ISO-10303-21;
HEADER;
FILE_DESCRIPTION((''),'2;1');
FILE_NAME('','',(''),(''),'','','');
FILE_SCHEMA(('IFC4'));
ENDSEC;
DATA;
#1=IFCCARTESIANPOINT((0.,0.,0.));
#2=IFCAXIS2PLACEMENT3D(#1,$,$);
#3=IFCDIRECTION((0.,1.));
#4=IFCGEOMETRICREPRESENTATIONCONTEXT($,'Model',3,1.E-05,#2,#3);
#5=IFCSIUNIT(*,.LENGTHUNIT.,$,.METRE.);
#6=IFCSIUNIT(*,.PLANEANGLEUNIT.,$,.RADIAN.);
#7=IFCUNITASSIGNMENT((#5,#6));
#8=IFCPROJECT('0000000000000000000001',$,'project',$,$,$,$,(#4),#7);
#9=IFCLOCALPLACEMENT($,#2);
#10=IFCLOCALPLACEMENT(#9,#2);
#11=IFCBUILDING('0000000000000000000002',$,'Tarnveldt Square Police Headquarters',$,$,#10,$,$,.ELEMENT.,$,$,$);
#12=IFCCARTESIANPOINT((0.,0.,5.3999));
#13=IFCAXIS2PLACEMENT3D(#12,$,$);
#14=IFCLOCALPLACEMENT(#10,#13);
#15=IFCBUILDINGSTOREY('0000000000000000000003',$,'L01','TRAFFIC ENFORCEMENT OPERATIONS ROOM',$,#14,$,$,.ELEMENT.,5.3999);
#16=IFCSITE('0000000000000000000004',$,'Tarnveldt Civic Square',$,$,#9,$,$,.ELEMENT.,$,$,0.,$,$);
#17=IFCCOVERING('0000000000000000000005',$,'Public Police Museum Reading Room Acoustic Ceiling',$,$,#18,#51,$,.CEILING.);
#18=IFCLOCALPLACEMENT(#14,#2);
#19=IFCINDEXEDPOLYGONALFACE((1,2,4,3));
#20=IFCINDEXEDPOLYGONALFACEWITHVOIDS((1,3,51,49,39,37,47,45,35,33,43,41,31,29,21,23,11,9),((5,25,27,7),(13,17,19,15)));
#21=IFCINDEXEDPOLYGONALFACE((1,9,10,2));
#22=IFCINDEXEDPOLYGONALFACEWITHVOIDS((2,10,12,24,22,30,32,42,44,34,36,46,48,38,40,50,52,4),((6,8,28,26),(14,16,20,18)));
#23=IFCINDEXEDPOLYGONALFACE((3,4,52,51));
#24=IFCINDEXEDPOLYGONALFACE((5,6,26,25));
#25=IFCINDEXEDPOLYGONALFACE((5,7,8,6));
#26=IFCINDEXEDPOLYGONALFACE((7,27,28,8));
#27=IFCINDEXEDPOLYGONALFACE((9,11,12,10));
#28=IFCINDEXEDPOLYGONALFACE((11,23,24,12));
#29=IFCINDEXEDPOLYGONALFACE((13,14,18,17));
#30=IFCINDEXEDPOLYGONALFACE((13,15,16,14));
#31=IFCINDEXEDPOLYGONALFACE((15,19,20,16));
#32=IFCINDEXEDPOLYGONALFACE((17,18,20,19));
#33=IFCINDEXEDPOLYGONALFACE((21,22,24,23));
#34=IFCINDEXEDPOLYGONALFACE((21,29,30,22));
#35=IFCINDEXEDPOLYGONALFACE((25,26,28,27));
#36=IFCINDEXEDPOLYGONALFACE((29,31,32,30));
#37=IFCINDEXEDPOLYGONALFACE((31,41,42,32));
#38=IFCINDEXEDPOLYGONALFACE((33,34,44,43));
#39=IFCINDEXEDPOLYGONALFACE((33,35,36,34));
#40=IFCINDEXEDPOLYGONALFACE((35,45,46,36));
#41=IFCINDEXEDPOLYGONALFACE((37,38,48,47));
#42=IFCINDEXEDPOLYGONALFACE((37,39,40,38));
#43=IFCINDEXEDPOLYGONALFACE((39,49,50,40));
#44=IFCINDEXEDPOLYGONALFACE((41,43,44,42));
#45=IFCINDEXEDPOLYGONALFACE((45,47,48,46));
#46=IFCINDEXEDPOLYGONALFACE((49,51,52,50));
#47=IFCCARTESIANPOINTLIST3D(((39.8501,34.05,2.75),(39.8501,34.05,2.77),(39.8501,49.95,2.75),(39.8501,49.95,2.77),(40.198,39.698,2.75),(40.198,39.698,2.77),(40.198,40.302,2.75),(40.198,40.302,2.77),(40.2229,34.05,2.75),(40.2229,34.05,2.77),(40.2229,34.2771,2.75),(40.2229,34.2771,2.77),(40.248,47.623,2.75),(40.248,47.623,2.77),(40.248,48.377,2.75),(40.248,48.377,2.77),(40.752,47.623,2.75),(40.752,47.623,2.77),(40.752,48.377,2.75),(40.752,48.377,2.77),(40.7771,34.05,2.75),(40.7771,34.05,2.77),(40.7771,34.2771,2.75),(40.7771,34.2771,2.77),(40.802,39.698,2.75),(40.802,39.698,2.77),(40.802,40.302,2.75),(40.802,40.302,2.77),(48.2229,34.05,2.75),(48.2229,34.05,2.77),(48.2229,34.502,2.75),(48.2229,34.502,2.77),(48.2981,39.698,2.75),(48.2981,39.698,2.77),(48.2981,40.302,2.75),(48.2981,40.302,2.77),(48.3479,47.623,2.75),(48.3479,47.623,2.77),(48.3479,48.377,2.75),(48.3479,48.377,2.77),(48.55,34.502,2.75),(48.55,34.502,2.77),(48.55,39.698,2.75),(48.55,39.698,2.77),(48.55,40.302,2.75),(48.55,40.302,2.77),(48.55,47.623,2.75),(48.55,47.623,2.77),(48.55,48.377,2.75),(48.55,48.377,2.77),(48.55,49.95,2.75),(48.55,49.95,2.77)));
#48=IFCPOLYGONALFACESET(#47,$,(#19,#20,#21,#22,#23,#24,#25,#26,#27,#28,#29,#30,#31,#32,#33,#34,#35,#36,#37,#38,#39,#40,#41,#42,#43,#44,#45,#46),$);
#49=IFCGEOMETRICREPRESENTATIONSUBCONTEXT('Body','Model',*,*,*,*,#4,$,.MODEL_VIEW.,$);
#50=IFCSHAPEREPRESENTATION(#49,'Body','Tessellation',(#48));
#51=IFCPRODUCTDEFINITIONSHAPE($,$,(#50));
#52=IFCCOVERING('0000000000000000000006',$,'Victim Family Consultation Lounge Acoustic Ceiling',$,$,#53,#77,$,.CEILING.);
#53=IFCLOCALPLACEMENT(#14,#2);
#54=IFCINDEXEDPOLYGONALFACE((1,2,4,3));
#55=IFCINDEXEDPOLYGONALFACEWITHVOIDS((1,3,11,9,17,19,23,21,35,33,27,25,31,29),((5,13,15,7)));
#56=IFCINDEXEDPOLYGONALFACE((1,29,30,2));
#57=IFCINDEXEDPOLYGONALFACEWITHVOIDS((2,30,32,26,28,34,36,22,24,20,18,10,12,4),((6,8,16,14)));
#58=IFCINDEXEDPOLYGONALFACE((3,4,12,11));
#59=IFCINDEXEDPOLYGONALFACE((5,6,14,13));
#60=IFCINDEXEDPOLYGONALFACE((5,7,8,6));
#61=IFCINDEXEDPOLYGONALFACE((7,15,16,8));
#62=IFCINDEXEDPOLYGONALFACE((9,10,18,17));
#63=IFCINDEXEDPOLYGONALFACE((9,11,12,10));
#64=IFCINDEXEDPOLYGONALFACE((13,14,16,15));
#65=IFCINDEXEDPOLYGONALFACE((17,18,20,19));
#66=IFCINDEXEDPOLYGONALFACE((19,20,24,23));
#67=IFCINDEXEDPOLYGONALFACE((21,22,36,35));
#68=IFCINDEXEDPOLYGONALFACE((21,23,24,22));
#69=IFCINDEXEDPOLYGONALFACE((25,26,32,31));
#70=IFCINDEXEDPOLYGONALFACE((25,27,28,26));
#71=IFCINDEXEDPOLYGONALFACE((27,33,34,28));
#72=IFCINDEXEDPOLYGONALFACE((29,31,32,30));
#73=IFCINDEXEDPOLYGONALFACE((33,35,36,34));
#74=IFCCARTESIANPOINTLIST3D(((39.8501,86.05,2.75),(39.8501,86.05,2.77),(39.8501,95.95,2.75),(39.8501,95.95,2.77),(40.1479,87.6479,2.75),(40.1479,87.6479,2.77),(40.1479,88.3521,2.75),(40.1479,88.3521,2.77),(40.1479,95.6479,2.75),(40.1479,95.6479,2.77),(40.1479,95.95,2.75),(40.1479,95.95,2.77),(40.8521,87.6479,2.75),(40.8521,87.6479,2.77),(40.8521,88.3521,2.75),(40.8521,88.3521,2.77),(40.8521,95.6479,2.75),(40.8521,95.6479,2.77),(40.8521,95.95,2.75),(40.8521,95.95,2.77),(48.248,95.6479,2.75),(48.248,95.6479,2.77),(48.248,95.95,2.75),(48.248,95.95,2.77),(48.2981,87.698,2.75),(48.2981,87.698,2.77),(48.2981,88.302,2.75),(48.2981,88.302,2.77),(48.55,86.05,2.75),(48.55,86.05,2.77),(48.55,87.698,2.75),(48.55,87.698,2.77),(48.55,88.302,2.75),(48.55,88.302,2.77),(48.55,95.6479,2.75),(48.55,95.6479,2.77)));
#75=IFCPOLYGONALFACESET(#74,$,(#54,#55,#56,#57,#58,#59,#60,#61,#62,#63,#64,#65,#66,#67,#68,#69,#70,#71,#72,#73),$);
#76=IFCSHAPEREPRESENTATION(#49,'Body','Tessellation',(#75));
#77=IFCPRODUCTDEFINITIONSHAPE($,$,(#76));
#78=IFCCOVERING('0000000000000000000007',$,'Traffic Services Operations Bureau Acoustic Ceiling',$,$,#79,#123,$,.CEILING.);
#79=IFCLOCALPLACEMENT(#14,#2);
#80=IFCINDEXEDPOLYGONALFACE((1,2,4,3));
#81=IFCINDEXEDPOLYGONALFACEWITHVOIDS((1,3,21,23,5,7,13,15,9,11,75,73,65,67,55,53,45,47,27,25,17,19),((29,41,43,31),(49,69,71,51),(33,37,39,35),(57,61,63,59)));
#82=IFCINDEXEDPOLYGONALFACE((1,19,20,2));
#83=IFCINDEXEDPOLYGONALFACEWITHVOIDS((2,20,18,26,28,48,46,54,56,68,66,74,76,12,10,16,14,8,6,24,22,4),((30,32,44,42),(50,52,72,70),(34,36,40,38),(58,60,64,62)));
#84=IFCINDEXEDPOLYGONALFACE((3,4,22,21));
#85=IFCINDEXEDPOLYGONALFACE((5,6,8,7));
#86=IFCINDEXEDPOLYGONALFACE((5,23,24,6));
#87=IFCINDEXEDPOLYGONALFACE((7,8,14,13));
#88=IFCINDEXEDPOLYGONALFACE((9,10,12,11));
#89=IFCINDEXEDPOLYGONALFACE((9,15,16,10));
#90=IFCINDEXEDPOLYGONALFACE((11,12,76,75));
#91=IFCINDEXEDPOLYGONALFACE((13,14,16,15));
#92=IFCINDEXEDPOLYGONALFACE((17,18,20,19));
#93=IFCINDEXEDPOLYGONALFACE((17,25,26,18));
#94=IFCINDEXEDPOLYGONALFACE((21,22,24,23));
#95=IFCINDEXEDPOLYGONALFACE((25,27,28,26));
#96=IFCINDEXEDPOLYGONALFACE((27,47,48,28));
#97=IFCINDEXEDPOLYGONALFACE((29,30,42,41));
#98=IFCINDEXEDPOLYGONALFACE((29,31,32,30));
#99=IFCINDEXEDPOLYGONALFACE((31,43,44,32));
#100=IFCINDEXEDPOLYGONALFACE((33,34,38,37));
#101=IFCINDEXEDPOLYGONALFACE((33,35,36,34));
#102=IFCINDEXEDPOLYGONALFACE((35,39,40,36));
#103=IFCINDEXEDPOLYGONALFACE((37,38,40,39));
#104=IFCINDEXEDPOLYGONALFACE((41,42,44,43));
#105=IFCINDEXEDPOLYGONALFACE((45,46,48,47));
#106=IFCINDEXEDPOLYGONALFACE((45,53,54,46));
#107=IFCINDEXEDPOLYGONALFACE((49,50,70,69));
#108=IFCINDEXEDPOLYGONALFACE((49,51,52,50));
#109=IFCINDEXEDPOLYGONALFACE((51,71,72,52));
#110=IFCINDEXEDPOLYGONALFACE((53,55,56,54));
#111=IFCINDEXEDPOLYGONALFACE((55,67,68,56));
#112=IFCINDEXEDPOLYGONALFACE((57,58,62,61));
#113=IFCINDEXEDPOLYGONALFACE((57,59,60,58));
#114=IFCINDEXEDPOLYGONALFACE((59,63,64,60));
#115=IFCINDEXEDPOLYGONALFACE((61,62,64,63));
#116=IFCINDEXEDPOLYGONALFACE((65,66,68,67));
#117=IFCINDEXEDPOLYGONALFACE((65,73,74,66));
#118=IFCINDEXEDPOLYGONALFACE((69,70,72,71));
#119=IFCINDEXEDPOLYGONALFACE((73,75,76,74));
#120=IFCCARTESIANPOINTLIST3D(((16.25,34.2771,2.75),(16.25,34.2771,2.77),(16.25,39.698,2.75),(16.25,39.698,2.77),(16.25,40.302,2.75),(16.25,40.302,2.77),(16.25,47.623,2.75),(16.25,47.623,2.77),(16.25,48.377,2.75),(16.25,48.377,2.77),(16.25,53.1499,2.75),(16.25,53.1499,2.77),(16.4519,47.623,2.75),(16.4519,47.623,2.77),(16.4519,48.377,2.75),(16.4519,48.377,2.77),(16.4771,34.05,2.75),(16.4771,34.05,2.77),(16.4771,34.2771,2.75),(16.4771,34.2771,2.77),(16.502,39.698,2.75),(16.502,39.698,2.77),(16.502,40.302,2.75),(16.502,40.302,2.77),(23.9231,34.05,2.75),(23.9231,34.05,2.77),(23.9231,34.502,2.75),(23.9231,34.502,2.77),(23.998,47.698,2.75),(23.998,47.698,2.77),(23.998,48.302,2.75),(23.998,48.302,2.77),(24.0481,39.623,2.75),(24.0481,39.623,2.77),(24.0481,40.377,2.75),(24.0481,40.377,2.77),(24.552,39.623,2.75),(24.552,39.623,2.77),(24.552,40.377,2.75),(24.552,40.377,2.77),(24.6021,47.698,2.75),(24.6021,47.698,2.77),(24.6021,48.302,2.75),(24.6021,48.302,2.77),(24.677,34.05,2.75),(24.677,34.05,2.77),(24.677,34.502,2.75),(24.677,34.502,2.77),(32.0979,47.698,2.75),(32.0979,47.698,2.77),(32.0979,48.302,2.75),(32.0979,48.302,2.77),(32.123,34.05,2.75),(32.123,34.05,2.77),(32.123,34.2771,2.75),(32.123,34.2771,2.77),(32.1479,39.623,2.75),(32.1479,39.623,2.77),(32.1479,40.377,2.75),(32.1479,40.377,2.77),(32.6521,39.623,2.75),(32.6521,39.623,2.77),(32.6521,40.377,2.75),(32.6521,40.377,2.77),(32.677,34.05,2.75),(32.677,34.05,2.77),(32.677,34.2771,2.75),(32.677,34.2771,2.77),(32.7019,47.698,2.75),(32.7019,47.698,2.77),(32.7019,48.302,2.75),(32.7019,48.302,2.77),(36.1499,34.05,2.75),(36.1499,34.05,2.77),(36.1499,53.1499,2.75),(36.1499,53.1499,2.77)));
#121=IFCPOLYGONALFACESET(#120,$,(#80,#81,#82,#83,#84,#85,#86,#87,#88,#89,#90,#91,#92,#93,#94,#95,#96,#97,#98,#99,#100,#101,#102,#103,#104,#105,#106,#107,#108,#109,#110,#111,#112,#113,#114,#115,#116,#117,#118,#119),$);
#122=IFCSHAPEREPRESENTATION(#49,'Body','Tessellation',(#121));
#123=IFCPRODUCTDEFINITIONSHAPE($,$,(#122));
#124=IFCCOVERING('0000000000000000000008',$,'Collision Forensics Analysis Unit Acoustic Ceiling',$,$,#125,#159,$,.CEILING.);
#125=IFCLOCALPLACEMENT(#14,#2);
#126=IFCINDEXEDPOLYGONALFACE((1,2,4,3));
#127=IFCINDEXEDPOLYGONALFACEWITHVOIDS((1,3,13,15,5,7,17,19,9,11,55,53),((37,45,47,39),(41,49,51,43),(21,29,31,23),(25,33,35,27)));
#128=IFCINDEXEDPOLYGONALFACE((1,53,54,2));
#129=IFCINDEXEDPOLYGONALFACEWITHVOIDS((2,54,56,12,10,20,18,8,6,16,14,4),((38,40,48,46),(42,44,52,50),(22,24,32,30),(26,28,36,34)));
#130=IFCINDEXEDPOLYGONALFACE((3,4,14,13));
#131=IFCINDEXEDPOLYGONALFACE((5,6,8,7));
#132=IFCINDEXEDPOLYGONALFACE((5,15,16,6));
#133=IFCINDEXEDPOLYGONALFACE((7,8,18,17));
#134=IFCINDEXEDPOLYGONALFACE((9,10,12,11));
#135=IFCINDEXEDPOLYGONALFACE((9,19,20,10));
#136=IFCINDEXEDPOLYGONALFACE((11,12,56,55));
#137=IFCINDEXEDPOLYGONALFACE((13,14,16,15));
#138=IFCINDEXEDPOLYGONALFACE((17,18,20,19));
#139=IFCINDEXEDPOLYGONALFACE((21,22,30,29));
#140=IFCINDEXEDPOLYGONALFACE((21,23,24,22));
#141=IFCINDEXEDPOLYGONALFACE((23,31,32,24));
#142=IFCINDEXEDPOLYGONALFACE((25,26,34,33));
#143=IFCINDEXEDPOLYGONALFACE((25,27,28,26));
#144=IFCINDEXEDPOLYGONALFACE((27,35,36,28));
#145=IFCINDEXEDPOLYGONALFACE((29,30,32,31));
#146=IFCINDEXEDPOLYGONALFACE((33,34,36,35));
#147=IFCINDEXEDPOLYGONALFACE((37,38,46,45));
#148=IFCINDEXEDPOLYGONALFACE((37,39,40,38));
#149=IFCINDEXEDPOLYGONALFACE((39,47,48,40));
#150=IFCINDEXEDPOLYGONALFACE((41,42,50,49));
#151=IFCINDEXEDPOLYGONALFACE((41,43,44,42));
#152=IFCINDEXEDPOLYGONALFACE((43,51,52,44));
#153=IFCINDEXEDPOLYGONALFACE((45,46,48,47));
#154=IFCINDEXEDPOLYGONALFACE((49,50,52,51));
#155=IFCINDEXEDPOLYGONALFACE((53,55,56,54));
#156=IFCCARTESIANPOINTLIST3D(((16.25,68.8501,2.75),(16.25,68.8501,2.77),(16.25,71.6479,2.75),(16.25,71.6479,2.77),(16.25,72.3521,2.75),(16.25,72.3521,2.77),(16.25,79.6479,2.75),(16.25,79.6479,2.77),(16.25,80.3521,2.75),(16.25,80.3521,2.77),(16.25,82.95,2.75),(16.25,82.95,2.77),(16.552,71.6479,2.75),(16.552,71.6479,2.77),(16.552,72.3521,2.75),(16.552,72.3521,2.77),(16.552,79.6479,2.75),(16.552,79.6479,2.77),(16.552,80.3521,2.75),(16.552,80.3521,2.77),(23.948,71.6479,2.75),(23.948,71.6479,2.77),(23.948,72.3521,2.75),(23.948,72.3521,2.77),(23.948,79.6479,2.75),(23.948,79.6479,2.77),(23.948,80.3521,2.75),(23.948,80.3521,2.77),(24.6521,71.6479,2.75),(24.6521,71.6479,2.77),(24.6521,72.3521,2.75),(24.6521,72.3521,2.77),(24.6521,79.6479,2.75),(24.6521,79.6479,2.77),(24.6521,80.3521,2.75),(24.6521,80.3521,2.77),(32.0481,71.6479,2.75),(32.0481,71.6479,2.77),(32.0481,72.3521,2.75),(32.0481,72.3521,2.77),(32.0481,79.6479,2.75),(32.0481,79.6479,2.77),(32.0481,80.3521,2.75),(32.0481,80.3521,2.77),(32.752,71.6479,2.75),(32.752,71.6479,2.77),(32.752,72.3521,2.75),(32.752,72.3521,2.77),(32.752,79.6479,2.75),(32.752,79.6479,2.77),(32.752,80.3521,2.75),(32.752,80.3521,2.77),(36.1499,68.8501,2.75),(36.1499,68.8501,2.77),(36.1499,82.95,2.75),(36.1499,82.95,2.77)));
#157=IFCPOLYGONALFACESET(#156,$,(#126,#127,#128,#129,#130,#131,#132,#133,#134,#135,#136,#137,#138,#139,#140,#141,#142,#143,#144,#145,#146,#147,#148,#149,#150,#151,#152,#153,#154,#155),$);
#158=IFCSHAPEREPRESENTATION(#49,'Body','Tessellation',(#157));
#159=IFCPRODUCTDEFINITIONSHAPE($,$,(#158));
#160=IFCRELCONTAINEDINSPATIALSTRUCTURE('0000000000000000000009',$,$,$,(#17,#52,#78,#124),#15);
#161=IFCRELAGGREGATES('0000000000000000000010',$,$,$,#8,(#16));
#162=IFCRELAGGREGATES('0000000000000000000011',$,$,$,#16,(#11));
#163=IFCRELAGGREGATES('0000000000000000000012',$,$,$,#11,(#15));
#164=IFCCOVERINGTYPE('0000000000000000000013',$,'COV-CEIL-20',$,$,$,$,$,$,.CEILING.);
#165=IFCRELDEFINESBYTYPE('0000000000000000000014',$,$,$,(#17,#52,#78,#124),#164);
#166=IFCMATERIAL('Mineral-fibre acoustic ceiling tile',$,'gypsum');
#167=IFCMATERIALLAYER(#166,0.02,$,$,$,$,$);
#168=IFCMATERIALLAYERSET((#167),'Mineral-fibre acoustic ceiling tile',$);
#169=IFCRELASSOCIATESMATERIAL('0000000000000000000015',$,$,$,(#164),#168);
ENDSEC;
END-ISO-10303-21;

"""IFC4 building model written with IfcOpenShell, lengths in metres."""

from ifc_helpers import new_model, si_unit, direction, frame, origin, place, context, subcontext, project, spatial, polyline, outline, extrude, material, layer, layer_set, type_object, element, save


model = new_model("IFC4")

# Units and contexts
model_context = context("Model", 3, precision=1e-05, world=origin(), true_north=direction((0.0, 1.0)))
body_context = subcontext(model_context, "Body", "Model", "MODEL_VIEW")
ifc_project = project(units=[si_unit("LENGTHUNIT", "METRE"), si_unit("PLANEANGLEUNIT", "RADIAN")], contexts=[model_context])

# Site, building, storey
site_placement = place(None, origin())
site = spatial("IfcSite", under=ifc_project, at=site_placement, Name="Tarnveldt Civic Square", CompositionType="ELEMENT", RefElevation=0.0)
building_placement = place(site_placement, origin())
building = spatial("IfcBuilding", under=site, at=building_placement, Name="Tarnveldt Square Police Headquarters", CompositionType="ELEMENT")
storey_placement = place(building_placement, frame((0.0, 0.0, 5.3999)))
storey = spatial("IfcBuildingStorey", under=building, at=storey_placement, Name="L01", Description="TRAFFIC ENFORCEMENT OPERATIONS ROOM", CompositionType="ELEMENT", Elevation=5.3999)

# Coverings
ifc_material_1 = material(Name="Mineral-fibre acoustic ceiling tile", Category="gypsum")
ifc_layer_1 = layer(ifc_material_1, 0.02)
ifc_layer_set_1 = layer_set([ifc_layer_1], Name="Mineral-fibre acoustic ceiling tile")
covering_type_1 = type_object("IfcCoveringType", Name="COV-CEIL-20", PredefinedType="CEILING", material=ifc_layer_set_1)
covering_1_placement = place(storey_placement, frame((0.0, 0.0, 2.75)))
element("IfcCovering", 1, at=covering_1_placement, inside=storey, type_object=covering_type_1, Name="Public Police Museum Reading Room Acoustic Ceiling", PredefinedType="CEILING", context=body_context, shape_type="SweptSolid", body=[
    extrude(outline(polyline([(48.55, 34.502), (48.2229, 34.502), (48.2229, 34.05), (40.7771, 34.05), (40.7771, 34.2771), (40.2229, 34.2771), (40.2229, 34.05), (39.8501, 34.05), (39.8501, 49.95), (48.55, 49.95), (48.55, 48.377), (48.3479, 48.377), (48.3479, 47.623), (48.55, 47.623), (48.55, 40.302), (48.2981, 40.302), (48.2981, 39.698), (48.55, 39.698), (48.55, 34.502)]), holes=[polyline([(40.198, 40.302), (40.198, 39.698), (40.802, 39.698), (40.802, 40.302), (40.198, 40.302)]), polyline([(40.752, 48.377), (40.248, 48.377), (40.248, 47.623), (40.752, 47.623), (40.752, 48.377)])]), origin(), (0.0, 0.0, 1.0), 0.02),
])
covering_2_placement = place(storey_placement, frame((0.0, 0.0, 2.75)))
element("IfcCovering", 2, at=covering_2_placement, inside=storey, type_object=covering_type_1, Name="Victim Family Consultation Lounge Acoustic Ceiling", PredefinedType="CEILING", context=body_context, shape_type="SweptSolid", body=[
    extrude(outline(polyline([(48.55, 86.05), (39.8501, 86.05), (39.8501, 95.95), (40.1479, 95.95), (40.1479, 95.6479), (40.8521, 95.6479), (40.8521, 95.95), (48.248, 95.95), (48.248, 95.6479), (48.55, 95.6479), (48.55, 88.302), (48.2981, 88.302), (48.2981, 87.698), (48.55, 87.698), (48.55, 86.05)]), holes=[polyline([(40.8521, 88.3521), (40.1479, 88.3521), (40.1479, 87.6479), (40.8521, 87.6479), (40.8521, 88.3521)])]), origin(), (0.0, 0.0, 1.0), 0.02),
])
covering_3_placement = place(storey_placement, frame((0.0, 0.0, 2.75)))
element("IfcCovering", 3, at=covering_3_placement, inside=storey, type_object=covering_type_1, Name="Traffic Services Operations Bureau Acoustic Ceiling", PredefinedType="CEILING", context=body_context, shape_type="SweptSolid", body=[
    extrude(outline(polyline([(16.25, 53.1499), (36.1499, 53.1499), (36.1499, 34.05), (32.677, 34.05), (32.677, 34.2771), (32.123, 34.2771), (32.123, 34.05), (24.677, 34.05), (24.677, 34.502), (23.9231, 34.502), (23.9231, 34.05), (16.4771, 34.05), (16.4771, 34.2771), (16.25, 34.2771), (16.25, 39.698), (16.502, 39.698), (16.502, 40.302), (16.25, 40.302), (16.25, 47.623), (16.4519, 47.623), (16.4519, 48.377), (16.25, 48.377), (16.25, 53.1499)]), holes=[polyline([(32.7019, 48.302), (32.0979, 48.302), (32.0979, 47.698), (32.7019, 47.698), (32.7019, 48.302)]), polyline([(32.6521, 40.377), (32.1479, 40.377), (32.1479, 39.623), (32.6521, 39.623), (32.6521, 40.377)]), polyline([(23.998, 48.302), (23.998, 47.698), (24.6021, 47.698), (24.6021, 48.302), (23.998, 48.302)]), polyline([(24.0481, 40.377), (24.0481, 39.623), (24.552, 39.623), (24.552, 40.377), (24.0481, 40.377)])]), origin(), (0.0, 0.0, 1.0), 0.02),
])
covering_4_placement = place(storey_placement, frame((0.0, 0.0, 2.75)))
element("IfcCovering", 4, at=covering_4_placement, inside=storey, type_object=covering_type_1, Name="Collision Forensics Analysis Unit Acoustic Ceiling", PredefinedType="CEILING", context=body_context, shape_type="SweptSolid", body=[
    extrude(outline(polyline([(16.25, 82.95), (36.1499, 82.95), (36.1499, 68.8501), (16.25, 68.8501), (16.25, 71.6479), (16.552, 71.6479), (16.552, 72.3521), (16.25, 72.3521), (16.25, 79.6479), (16.552, 79.6479), (16.552, 80.3521), (16.25, 80.3521), (16.25, 82.95)]), holes=[polyline([(32.752, 72.3521), (32.0481, 72.3521), (32.0481, 71.6479), (32.752, 71.6479), (32.752, 72.3521)]), polyline([(32.0481, 80.3521), (32.0481, 79.6479), (32.752, 79.6479), (32.752, 80.3521), (32.0481, 80.3521)]), polyline([(23.948, 80.3521), (23.948, 79.6479), (24.6521, 79.6479), (24.6521, 80.3521), (23.948, 80.3521)]), polyline([(24.6521, 72.3521), (23.948, 72.3521), (23.948, 71.6479), (24.6521, 71.6479), (24.6521, 72.3521)])]), origin(), (0.0, 0.0, 1.0), 0.02),
])

save(model, "model.ifc")
